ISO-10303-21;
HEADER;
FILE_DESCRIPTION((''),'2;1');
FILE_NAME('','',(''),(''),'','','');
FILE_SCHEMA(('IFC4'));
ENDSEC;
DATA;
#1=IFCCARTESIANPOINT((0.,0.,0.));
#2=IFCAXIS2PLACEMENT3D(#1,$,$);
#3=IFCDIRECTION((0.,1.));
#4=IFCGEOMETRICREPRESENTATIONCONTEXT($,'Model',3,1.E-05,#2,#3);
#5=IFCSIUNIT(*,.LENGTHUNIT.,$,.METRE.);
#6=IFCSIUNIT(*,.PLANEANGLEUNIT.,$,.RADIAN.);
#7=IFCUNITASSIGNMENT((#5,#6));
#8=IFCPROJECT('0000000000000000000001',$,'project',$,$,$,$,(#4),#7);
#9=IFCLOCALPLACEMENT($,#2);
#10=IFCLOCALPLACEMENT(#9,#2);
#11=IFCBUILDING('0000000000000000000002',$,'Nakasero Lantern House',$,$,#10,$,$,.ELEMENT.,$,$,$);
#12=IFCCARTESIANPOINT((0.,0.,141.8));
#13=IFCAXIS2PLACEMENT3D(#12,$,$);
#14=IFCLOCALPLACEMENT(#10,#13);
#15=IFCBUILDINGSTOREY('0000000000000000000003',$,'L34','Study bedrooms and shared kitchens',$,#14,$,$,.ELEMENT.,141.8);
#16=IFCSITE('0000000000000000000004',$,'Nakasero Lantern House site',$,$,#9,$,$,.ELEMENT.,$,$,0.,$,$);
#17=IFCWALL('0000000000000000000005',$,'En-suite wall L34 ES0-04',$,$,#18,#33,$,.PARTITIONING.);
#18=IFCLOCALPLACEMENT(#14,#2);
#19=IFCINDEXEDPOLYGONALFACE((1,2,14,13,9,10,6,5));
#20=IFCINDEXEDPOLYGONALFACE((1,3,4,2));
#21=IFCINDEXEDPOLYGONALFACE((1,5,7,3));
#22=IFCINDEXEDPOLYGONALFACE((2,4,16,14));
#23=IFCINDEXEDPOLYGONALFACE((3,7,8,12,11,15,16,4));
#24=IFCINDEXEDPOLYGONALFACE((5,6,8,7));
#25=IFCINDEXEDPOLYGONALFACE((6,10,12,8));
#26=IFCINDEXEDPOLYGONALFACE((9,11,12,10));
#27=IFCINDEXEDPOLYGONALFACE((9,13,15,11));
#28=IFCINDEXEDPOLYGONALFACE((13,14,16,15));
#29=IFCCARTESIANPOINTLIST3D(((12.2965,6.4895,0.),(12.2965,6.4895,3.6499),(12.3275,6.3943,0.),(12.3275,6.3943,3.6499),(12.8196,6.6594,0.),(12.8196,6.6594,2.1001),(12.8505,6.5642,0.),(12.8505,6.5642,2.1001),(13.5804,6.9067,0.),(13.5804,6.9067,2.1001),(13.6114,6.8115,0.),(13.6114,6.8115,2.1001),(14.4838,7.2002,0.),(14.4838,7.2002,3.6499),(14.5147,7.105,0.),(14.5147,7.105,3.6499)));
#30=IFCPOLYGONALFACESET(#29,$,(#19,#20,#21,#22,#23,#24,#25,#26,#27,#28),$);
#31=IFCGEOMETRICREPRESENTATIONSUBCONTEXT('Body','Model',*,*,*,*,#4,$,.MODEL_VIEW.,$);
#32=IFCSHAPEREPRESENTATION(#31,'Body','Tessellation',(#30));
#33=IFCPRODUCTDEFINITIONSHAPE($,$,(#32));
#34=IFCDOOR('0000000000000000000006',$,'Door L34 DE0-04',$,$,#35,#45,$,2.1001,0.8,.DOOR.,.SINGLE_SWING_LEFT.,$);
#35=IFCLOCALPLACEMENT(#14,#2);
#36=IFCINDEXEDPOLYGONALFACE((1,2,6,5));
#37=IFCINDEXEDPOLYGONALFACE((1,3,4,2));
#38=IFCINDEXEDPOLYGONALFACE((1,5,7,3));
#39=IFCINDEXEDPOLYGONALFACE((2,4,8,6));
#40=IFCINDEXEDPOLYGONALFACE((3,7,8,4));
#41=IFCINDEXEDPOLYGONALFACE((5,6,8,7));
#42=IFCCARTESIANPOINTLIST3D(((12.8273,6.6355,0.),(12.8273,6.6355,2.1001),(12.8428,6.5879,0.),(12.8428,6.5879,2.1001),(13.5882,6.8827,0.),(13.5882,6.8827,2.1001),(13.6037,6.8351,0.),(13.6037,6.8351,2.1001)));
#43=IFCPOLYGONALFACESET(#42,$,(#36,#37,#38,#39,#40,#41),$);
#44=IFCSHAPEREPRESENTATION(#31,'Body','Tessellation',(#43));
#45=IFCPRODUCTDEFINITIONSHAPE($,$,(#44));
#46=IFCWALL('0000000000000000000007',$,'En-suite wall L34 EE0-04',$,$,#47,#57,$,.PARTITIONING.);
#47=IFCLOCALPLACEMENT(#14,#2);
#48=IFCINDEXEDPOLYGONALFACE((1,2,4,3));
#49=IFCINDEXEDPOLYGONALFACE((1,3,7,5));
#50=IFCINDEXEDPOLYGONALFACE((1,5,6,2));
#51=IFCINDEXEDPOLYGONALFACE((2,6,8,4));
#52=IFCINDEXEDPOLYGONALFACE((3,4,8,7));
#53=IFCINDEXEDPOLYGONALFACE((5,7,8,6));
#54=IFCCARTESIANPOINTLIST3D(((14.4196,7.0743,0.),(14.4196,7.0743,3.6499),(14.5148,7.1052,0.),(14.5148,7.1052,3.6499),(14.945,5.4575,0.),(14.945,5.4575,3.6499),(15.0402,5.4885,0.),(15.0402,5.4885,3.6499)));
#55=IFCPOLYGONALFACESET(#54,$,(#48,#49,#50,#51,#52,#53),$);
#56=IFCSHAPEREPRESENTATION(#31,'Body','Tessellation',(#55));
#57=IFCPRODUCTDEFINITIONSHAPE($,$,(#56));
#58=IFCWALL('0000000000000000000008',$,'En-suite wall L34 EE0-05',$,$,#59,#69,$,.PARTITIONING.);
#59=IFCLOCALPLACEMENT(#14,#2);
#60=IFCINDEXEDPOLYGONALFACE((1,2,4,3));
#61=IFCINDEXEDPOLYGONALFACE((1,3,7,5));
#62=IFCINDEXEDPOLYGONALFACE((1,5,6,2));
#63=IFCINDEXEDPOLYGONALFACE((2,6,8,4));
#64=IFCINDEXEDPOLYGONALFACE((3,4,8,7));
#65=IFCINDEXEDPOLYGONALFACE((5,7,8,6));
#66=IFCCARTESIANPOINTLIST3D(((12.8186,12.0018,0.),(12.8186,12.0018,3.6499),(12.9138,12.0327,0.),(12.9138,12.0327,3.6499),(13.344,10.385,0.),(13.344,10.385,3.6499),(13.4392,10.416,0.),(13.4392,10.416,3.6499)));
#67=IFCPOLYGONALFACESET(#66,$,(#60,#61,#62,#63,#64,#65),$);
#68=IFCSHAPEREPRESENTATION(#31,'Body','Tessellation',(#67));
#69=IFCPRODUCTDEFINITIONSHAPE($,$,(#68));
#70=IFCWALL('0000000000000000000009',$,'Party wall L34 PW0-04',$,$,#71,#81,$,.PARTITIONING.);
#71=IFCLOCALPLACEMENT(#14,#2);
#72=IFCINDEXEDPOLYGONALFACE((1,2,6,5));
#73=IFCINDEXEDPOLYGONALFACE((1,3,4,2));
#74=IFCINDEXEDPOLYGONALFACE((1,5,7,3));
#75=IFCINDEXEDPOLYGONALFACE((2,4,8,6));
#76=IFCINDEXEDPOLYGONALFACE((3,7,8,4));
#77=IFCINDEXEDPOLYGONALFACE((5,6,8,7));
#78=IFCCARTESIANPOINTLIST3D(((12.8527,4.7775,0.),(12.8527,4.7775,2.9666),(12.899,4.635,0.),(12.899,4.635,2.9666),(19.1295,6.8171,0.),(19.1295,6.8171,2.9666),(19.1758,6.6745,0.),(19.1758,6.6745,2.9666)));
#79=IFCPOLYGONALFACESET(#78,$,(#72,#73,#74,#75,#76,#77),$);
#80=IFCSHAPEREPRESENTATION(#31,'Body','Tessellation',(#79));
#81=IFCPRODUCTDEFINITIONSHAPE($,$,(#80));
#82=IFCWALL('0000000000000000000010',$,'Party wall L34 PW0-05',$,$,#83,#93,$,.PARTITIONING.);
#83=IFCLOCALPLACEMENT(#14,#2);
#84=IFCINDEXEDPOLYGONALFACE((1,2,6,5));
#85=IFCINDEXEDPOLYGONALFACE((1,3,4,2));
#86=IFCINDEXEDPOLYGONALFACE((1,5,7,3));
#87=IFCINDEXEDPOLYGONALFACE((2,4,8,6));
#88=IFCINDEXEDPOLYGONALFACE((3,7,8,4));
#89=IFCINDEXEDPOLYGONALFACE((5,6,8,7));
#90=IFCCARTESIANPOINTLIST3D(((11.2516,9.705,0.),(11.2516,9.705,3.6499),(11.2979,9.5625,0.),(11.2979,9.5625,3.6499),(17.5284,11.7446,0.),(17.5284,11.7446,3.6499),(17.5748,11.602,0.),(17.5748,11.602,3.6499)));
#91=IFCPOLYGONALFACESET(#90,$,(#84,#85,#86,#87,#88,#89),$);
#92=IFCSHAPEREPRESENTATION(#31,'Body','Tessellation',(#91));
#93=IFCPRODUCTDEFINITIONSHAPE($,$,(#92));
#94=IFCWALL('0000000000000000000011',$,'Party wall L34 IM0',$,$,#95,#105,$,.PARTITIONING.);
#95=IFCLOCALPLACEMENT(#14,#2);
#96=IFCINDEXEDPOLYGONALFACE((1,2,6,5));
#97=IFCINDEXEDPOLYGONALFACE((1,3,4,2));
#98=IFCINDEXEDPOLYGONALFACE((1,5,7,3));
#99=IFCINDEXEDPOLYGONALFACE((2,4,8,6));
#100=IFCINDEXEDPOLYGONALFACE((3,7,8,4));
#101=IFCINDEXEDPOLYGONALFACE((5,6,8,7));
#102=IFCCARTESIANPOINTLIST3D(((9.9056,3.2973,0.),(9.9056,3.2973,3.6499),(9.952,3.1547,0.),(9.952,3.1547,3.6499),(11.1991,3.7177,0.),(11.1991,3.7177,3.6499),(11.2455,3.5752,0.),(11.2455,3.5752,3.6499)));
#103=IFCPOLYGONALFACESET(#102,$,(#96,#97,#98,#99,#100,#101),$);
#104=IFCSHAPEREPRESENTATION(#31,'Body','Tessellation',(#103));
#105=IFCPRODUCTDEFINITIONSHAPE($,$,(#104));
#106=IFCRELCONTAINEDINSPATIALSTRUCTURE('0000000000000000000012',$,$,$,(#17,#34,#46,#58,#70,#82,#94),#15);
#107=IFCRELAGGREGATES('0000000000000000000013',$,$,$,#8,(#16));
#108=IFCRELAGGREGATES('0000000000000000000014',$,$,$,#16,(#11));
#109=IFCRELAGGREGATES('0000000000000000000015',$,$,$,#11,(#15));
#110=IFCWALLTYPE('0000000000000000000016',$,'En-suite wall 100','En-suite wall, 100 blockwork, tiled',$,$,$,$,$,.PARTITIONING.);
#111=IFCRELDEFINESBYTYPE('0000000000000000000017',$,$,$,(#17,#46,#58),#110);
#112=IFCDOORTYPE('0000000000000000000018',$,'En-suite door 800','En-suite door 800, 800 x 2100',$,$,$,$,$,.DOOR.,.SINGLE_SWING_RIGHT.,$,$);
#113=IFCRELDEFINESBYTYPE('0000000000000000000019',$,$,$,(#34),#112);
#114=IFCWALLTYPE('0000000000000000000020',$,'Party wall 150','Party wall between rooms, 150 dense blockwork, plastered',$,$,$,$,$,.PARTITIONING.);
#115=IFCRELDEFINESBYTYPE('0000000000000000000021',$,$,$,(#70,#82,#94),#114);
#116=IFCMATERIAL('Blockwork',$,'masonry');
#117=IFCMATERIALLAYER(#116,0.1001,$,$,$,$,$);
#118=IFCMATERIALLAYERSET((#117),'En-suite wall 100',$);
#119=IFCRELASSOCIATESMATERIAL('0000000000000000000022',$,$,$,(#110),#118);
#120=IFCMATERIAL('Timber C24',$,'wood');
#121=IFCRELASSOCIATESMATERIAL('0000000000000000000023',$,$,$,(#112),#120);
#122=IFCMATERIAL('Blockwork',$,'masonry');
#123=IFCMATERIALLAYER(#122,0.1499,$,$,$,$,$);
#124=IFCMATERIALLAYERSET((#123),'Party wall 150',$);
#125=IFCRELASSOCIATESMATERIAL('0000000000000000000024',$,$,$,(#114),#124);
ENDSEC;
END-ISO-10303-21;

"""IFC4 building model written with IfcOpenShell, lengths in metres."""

from ifc_helpers import new_model, si_unit, direction, frame, frame_2d, origin, place, context, subcontext, project, spatial, rectangle, extrude, material, layer, layer_set, type_object, element, fill, save


model = new_model("IFC4")

# Units and contexts
model_context = context("Model", 3, precision=1e-05, world=origin(), true_north=direction((0.0, 1.0)))
body_context = subcontext(model_context, "Body", "Model", "MODEL_VIEW")
ifc_project = project(units=[si_unit("LENGTHUNIT", "METRE"), si_unit("PLANEANGLEUNIT", "RADIAN")], contexts=[model_context])

# Site, building, storey
site_placement = place(None, origin())
site = spatial("IfcSite", under=ifc_project, at=site_placement, Name="Nakasero Lantern House site", CompositionType="ELEMENT", RefElevation=0.0)
building_placement = place(site_placement, origin())
building = spatial("IfcBuilding", under=site, at=building_placement, Name="Nakasero Lantern House", CompositionType="ELEMENT")
storey_placement = place(building_placement, frame((0.0, 0.0, 141.8)))
storey = spatial("IfcBuildingStorey", under=building, at=storey_placement, Name="L34", Description="Study bedrooms and shared kitchens", CompositionType="ELEMENT", Elevation=141.8)

# Wall, opening, door
ifc_material_1 = material(Name="Blockwork", Category="masonry")
ifc_layer_1 = layer(ifc_material_1, 0.1001)
ifc_layer_set_1 = layer_set([ifc_layer_1], Name="En-suite wall 100")
wall_type_1 = type_object("IfcWallType", Name="En-suite wall 100", Description="En-suite wall, 100 blockwork, tiled", PredefinedType="PARTITIONING", material=ifc_layer_set_1)
wall_1_placement = place(storey_placement, frame((12.312, 6.4419, 0.0), z_axis=(0.0, 0.0, 1.0), x_axis=(0.951055, 0.309021, 0.0)))
wall_1 = element("IfcWall", 1, at=wall_1_placement, inside=storey, type_object=wall_type_1, Name="En-suite wall L34 ES0-04", PredefinedType="PARTITIONING", context=body_context, shape_type="SweptSolid", body=[
    extrude(rectangle(XDim=2.2998, YDim=0.1001, at=frame_2d((1.1499, 0.0))), origin(), (0.0, 0.0, 1.0), 3.6499),
])
opening_placement = place(wall_1_placement, frame((0.55, 0.0, 0.0)))
opening = element("IfcOpeningElement", 2, at=opening_placement, cuts=wall_1, PredefinedType="OPENING", context=body_context, shape_type="SweptSolid", body=[
    extrude(rectangle(XDim=0.8, YDim=2.1001, at=frame_2d((0.3999, 1.05))), frame((0.0, 0.0701, 0.0), z_axis=(0.0, -1.0, 0.0), x_axis=(1.0, 0.0, 0.0)), (0.0, 0.0, 1.0), 0.1401),
])
ifc_material_2 = material(Name="Timber C24", Category="wood")
door_type = type_object("IfcDoorType", Name="En-suite door 800", Description="En-suite door 800, 800 x 2100", OperationType="SINGLE_SWING_RIGHT", PredefinedType="DOOR", material=ifc_material_2)
door_placement = place(opening_placement, origin())
door = element("IfcDoor", 3, at=door_placement, inside=storey, type_object=door_type, Name="Door L34 DE0-04", OperationType="SINGLE_SWING_LEFT", OverallHeight=2.1001, OverallWidth=0.8, PredefinedType="DOOR", context=body_context, shape_type="SweptSolid", body=[
    extrude(rectangle(XDim=0.8, YDim=2.1001, at=frame_2d((0.3999, 1.05))), frame((0.0, 0.0249, 0.0), z_axis=(0.0, -1.0, 0.0), x_axis=(1.0, 0.0, 0.0)), (0.0, 0.0, 1.0), 0.05),
])
fill(opening, door)

# Walls
for number, where, z_axis, x_axis, name in (
    (4, (14.9927, 5.4729, 0.0), (0.0, 0.0, 1.0), (-0.309067, 0.95104, 0.0), "En-suite wall L34 EE0-04"),
    (5, (13.3916, 10.4004, 0.0), (0.0, 0.0, 1.0), (-0.309067, 0.95104, 0.0), "En-suite wall L34 EE0-05"),
):
    element("IfcWall", number, at=place(storey_placement, frame(where, z_axis=z_axis, x_axis=x_axis)), inside=storey, type_object=wall_type_1, Name=name, PredefinedType="PARTITIONING", context=body_context, shape_type="SweptSolid", body=[
        extrude(rectangle(XDim=1.7, YDim=0.1001, at=frame_2d((0.8501, 0.0))), origin(), (0.0, 0.0, 1.0), 3.6499),
    ])
ifc_material_3 = material(Name="Blockwork", Category="masonry")
ifc_layer_2 = layer(ifc_material_3, 0.1499)
ifc_layer_set_2 = layer_set([ifc_layer_2], Name="Party wall 150")
wall_type_2 = type_object("IfcWallType", Name="Party wall 150", Description="Party wall between rooms, 150 dense blockwork, plastered", PredefinedType="PARTITIONING", material=ifc_layer_set_2)
wall_2_placement = place(storey_placement, frame((12.876, 4.7063, 0.0), z_axis=(0.0, 0.0, 1.0), x_axis=(0.951053, 0.309028, 0.0)))
element("IfcWall", 6, at=wall_2_placement, inside=storey, type_object=wall_type_2, Name="Party wall L34 PW0-04", PredefinedType="PARTITIONING", context=body_context, shape_type="SweptSolid", body=[
    extrude(rectangle(XDim=6.5999, YDim=0.1499, at=frame_2d((3.2998, 0.0))), origin(), (0.0, 0.0, 1.0), 2.9666),
])
wall_3_placement = place(storey_placement, frame((11.2749, 9.6338, 0.0), z_axis=(0.0, 0.0, 1.0), x_axis=(0.951053, 0.309028, 0.0)))
element("IfcWall", 7, at=wall_3_placement, inside=storey, type_object=wall_type_2, Name="Party wall L34 PW0-05", PredefinedType="PARTITIONING", context=body_context, shape_type="SweptSolid", body=[
    extrude(rectangle(XDim=6.5999, YDim=0.1499, at=frame_2d((3.2998, 0.0))), origin(), (0.0, 0.0, 1.0), 3.6499),
])
wall_4_placement = place(storey_placement, frame((11.2224, 3.6465, 0.0), z_axis=(0.0, 0.0, 1.0), x_axis=(-0.951026, -0.30911, 0.0)))
element("IfcWall", 8, at=wall_4_placement, inside=storey, type_object=wall_type_2, Name="Party wall L34 IM0", PredefinedType="PARTITIONING", context=body_context, shape_type="SweptSolid", body=[
    extrude(rectangle(XDim=1.3601, YDim=0.1499, at=frame_2d((0.6802, 0.0))), origin(), (0.0, 0.0, 1.0), 3.6499),
])

save(model, "model.ifc")
